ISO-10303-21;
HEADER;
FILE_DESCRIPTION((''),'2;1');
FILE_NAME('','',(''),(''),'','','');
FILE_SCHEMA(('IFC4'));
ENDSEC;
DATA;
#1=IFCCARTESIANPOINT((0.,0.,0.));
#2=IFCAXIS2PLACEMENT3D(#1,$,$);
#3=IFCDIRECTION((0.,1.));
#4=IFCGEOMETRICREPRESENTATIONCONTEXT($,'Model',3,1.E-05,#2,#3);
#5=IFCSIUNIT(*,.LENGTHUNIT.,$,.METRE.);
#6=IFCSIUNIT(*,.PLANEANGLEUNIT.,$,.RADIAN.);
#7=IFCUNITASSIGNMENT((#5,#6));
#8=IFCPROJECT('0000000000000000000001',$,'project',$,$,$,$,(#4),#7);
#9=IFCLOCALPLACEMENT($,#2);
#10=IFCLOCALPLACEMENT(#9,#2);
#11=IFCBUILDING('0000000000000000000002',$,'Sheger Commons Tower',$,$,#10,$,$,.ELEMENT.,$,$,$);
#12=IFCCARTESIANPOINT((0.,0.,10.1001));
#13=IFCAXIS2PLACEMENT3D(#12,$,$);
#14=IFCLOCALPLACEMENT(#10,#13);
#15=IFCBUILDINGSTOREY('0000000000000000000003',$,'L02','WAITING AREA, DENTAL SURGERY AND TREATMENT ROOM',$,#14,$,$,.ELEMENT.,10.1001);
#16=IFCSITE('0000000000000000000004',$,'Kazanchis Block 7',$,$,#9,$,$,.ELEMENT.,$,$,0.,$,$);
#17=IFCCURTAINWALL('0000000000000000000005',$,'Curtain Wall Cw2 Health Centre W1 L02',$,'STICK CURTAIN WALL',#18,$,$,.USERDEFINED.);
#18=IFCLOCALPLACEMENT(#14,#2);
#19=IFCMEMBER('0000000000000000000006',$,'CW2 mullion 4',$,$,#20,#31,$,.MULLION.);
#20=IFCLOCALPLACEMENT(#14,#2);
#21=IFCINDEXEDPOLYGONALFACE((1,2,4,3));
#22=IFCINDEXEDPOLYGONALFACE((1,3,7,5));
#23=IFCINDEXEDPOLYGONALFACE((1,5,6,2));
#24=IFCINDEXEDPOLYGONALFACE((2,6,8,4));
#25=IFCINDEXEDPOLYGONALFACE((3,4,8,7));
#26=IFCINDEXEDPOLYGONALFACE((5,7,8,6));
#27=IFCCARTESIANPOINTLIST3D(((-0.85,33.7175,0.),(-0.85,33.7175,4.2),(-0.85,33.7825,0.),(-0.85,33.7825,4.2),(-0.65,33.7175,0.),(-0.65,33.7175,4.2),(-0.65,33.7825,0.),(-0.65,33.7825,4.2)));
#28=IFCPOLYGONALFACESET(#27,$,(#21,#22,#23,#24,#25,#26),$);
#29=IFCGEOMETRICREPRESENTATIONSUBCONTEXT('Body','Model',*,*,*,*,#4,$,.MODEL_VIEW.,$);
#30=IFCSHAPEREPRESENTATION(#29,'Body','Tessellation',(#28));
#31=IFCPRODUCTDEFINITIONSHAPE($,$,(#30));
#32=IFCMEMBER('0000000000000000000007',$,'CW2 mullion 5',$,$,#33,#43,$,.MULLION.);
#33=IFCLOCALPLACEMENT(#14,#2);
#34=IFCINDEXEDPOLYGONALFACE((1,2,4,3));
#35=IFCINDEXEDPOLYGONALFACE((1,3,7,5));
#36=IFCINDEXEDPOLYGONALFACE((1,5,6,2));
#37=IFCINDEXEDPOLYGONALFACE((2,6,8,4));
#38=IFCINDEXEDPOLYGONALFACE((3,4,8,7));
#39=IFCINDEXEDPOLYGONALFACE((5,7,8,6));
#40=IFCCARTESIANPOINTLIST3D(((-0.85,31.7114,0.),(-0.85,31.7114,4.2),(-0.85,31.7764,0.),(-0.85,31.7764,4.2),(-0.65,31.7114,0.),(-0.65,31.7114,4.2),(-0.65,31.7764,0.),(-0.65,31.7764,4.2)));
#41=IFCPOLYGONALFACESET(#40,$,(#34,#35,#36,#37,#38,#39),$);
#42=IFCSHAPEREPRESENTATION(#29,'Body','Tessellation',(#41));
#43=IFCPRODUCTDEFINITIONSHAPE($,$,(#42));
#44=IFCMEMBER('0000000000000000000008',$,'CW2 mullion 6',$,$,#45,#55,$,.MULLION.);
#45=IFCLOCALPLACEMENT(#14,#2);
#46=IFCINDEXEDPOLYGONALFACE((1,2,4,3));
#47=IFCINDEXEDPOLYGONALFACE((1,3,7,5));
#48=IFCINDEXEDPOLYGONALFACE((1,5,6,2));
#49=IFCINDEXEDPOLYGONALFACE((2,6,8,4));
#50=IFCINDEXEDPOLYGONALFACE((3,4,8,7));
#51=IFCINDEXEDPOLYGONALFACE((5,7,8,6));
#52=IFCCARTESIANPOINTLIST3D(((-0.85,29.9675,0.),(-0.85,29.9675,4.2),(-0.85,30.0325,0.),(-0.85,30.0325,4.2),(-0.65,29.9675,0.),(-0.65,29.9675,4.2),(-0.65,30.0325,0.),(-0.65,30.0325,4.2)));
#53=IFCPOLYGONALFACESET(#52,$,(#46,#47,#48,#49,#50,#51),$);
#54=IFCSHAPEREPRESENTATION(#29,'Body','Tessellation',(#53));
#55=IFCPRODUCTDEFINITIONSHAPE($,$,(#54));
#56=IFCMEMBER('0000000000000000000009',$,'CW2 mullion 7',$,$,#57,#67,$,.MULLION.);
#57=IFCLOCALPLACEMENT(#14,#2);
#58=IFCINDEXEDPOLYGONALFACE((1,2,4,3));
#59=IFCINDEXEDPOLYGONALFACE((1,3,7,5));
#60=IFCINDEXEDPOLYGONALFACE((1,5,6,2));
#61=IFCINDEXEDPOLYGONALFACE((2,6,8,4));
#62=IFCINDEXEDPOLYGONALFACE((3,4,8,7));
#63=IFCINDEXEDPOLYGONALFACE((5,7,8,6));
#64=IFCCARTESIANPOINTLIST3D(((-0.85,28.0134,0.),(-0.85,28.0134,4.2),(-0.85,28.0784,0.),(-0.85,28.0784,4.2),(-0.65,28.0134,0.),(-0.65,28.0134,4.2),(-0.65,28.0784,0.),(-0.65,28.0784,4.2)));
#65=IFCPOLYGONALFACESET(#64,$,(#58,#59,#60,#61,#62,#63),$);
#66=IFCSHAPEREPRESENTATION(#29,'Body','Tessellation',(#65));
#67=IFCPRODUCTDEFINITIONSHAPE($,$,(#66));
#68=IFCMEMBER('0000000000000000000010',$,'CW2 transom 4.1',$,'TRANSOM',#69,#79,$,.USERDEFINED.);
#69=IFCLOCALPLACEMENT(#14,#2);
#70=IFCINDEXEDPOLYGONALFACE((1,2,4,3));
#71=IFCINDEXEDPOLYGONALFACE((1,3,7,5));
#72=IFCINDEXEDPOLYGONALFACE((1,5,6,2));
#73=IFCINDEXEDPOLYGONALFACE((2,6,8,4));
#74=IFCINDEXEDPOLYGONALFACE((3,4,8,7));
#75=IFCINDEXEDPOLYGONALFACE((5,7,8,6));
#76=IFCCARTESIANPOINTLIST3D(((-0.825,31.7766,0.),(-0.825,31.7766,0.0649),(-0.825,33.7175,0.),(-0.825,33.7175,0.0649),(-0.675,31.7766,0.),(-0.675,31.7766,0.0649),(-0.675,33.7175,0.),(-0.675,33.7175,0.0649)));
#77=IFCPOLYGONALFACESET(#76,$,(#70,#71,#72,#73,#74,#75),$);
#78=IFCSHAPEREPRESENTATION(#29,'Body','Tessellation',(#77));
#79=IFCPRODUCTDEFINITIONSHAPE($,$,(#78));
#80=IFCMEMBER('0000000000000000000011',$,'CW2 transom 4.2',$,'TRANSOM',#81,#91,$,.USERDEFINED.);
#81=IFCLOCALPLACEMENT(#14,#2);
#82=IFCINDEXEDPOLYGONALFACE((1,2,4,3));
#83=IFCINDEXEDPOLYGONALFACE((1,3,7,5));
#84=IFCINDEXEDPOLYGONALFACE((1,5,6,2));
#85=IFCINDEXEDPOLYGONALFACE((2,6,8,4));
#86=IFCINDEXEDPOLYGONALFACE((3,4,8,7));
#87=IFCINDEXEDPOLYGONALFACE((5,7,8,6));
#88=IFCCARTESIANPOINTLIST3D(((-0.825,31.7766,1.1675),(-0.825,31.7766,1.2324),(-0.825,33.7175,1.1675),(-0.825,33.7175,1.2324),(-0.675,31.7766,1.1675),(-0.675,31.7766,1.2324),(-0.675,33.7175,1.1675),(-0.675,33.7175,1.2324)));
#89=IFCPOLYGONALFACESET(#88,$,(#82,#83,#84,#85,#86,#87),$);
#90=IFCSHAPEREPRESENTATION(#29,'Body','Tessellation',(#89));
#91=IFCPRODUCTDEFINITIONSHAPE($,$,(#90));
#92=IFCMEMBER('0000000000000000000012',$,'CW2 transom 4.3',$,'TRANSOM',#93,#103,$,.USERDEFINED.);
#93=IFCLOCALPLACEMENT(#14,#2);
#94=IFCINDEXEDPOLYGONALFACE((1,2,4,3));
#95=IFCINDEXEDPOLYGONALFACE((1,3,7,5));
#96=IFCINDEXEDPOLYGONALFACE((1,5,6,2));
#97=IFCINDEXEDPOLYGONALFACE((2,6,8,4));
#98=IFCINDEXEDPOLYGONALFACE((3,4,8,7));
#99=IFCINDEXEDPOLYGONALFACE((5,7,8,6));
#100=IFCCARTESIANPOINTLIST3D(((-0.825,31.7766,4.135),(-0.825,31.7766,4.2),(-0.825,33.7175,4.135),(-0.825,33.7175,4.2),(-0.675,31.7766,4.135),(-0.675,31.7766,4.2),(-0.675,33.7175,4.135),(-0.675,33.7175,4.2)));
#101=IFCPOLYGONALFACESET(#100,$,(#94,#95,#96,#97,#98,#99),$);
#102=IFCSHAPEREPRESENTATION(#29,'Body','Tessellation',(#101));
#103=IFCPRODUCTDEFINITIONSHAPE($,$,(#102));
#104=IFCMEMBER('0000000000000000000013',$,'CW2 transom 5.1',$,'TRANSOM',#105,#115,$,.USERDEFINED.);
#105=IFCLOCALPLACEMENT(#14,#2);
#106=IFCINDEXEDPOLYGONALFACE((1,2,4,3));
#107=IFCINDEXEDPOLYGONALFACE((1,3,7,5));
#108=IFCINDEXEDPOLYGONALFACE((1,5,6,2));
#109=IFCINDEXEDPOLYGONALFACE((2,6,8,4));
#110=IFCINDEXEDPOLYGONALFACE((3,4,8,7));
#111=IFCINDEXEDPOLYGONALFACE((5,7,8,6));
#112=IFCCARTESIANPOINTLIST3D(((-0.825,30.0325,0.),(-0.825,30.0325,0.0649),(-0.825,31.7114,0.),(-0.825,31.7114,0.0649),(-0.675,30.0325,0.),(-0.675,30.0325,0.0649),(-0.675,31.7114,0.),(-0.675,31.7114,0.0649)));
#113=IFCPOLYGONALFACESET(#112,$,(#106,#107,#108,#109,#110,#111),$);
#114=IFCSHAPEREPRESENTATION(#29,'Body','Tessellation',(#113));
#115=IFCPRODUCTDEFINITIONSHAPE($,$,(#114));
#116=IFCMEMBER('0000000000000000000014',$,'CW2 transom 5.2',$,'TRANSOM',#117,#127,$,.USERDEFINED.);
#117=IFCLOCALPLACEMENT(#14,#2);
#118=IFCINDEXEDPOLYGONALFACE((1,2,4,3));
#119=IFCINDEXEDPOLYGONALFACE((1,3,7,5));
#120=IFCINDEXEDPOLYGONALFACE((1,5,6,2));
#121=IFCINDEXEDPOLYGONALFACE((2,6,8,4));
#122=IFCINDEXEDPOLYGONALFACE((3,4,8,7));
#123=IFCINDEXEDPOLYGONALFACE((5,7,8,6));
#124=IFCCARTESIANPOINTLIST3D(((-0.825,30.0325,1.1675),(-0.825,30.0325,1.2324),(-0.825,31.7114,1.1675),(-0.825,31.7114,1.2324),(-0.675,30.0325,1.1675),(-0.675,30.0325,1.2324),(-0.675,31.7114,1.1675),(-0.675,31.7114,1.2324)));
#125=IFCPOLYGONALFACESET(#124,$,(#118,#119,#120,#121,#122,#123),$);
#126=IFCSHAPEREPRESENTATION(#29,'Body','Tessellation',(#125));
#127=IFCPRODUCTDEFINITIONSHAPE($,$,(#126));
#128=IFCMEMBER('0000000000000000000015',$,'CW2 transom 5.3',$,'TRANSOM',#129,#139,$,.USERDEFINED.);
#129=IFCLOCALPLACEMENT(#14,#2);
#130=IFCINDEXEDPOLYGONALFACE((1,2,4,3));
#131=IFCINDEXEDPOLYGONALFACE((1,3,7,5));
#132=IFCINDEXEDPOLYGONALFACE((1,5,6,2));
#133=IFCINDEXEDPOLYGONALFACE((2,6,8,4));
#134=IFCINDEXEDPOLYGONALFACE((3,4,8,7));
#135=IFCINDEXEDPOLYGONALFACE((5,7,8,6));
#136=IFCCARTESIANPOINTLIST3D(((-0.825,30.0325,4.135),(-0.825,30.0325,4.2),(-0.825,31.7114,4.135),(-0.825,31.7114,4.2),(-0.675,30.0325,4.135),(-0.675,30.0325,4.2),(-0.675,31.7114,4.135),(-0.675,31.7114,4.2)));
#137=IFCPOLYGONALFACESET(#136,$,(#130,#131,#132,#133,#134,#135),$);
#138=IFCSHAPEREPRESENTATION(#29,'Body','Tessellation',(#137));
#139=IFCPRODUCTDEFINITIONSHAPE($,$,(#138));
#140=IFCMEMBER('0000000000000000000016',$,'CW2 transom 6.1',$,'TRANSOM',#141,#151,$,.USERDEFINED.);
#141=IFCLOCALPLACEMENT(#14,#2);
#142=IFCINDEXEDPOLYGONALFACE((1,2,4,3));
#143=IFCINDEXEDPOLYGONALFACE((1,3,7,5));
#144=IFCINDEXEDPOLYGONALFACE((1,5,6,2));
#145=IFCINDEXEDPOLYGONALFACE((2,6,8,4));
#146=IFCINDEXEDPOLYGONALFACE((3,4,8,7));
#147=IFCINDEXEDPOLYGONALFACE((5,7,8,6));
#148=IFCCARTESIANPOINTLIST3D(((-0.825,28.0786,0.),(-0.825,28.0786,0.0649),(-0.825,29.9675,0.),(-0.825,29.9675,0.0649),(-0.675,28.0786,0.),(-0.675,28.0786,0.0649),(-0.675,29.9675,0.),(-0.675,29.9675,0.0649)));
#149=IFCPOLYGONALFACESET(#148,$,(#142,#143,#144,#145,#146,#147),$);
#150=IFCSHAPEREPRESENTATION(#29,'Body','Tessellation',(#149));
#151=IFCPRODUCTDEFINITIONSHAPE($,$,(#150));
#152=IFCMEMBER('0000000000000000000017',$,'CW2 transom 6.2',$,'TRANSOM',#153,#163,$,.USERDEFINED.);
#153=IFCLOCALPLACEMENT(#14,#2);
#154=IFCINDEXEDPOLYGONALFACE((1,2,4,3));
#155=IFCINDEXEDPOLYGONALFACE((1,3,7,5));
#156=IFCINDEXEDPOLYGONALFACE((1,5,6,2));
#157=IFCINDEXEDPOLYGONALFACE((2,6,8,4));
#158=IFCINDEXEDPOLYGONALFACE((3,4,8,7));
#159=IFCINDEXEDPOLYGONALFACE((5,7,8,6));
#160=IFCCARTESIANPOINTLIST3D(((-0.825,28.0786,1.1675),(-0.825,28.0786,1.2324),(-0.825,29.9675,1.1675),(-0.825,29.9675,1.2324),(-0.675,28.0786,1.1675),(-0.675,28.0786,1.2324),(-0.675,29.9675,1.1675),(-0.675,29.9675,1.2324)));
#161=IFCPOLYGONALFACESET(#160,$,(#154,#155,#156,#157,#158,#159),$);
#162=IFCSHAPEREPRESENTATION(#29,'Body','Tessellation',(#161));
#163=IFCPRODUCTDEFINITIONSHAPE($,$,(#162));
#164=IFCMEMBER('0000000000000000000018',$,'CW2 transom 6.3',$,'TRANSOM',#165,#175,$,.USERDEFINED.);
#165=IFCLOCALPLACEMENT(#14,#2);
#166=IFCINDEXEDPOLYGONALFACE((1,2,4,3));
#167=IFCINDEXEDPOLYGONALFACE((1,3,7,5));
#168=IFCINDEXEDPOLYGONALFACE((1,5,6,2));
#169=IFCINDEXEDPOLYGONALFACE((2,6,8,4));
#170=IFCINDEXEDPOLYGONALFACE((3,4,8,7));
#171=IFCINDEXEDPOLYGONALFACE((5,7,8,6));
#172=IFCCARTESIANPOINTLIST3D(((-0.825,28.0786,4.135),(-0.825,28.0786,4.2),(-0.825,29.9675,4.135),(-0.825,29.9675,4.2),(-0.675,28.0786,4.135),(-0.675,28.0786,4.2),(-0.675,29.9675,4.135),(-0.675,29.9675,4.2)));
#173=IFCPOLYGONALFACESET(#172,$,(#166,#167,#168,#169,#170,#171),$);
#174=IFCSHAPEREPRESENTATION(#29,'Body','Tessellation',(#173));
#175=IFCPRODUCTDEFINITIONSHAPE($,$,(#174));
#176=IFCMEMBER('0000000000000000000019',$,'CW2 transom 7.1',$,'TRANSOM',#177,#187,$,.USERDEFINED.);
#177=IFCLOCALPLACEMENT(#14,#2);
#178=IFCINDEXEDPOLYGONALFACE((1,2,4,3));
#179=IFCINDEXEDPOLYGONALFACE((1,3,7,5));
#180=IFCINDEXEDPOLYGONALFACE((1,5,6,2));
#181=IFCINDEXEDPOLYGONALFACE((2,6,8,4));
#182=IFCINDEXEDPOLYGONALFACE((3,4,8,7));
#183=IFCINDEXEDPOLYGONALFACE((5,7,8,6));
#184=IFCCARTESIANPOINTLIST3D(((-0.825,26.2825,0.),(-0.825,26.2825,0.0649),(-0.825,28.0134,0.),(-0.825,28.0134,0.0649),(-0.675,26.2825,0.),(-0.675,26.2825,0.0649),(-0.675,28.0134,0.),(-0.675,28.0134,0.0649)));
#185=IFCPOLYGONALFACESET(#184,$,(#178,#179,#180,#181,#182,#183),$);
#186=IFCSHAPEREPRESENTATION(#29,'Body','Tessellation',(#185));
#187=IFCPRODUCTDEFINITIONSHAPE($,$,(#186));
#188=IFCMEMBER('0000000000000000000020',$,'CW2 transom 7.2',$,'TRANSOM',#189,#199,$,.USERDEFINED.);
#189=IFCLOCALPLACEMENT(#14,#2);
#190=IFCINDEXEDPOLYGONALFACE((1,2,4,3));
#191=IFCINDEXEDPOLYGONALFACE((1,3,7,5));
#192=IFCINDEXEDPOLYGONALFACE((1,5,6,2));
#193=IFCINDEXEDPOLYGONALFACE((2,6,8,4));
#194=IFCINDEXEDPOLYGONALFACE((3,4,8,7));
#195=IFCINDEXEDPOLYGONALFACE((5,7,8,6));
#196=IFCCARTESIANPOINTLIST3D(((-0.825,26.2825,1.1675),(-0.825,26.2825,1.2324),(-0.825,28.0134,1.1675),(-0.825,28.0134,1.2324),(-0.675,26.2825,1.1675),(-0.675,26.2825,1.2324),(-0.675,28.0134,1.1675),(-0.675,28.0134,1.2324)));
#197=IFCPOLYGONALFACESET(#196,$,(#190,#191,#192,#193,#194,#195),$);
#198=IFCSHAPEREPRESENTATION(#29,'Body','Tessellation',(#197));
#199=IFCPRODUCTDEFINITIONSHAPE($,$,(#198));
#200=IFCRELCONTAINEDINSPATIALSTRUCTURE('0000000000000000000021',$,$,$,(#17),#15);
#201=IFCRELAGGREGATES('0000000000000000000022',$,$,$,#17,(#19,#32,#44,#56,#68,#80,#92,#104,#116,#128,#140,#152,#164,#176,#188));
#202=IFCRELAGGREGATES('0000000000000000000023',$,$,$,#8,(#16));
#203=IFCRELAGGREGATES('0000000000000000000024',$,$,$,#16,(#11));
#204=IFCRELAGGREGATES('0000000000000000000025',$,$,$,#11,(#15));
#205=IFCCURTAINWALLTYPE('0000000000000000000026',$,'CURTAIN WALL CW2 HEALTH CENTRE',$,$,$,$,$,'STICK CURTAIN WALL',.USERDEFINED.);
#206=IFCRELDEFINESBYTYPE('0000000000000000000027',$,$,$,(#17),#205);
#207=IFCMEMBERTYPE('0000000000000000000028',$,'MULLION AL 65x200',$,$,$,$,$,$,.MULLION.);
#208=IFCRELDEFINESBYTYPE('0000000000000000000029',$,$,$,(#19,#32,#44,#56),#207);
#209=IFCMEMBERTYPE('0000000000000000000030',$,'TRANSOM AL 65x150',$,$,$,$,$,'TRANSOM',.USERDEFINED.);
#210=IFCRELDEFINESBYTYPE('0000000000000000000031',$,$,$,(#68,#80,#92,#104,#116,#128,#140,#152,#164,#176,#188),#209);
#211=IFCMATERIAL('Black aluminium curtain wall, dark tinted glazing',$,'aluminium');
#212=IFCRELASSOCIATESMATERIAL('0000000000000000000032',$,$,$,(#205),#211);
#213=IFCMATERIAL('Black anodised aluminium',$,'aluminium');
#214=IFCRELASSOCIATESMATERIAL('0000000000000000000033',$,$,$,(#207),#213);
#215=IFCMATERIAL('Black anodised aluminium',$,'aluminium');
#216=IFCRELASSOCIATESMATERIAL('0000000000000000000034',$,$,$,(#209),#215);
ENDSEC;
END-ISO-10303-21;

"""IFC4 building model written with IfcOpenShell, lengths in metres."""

from ifc_helpers import new_model, si_unit, direction, frame, origin, origin_2d, place, context, subcontext, project, spatial, rectangle, extrude, material, material_profile, profile_set, type_object, element, aggregate, save


model = new_model("IFC4")

# Units and contexts
model_context = context("Model", 3, precision=1e-05, world=origin(), true_north=direction((0.0, 1.0)))
body_context = subcontext(model_context, "Body", "Model", "MODEL_VIEW")
ifc_project = project(units=[si_unit("LENGTHUNIT", "METRE"), si_unit("PLANEANGLEUNIT", "RADIAN")], contexts=[model_context])

# Site, building, storey
site_placement = place(None, origin())
site = spatial("IfcSite", under=ifc_project, at=site_placement, Name="Kazanchis Block 7", CompositionType="ELEMENT", RefElevation=0.0)
building_placement = place(site_placement, origin())
building = spatial("IfcBuilding", under=site, at=building_placement, Name="Sheger Commons Tower", CompositionType="ELEMENT")
storey_placement = place(building_placement, frame((0.0, 0.0, 10.1001)))
storey = spatial("IfcBuildingStorey", under=building, at=storey_placement, Name="L02", Description="WAITING AREA, DENTAL SURGERY AND TREATMENT ROOM", CompositionType="ELEMENT", Elevation=10.1001)

# Curtain wall, members
ifc_material_1 = material(Name="Black aluminium curtain wall, dark tinted glazing", Category="aluminium")
curtain_wall_type = type_object("IfcCurtainWallType", Name="CURTAIN WALL CW2 HEALTH CENTRE", ElementType="STICK CURTAIN WALL", PredefinedType="USERDEFINED", material=ifc_material_1)
curtain_wall_placement = place(storey_placement, origin())
curtain_wall = element("IfcCurtainWall", 1, at=curtain_wall_placement, inside=storey, type_object=curtain_wall_type, Name="Curtain Wall Cw2 Health Centre W1 L02", ObjectType="STICK CURTAIN WALL", PredefinedType="USERDEFINED")
ifc_material_2 = material(Name="Black anodised aluminium", Category="aluminium")
ifc_material_profile_1 = material_profile(ifc_material_2, rectangle(XDim=0.2, YDim=0.0649, at=origin_2d()), Name="AL 65x200")
ifc_profile_set_1 = profile_set([ifc_material_profile_1], Name="Black anodised aluminium")
member_type_1 = type_object("IfcMemberType", Name="MULLION AL 65x200", PredefinedType="MULLION", material=ifc_profile_set_1)
member_1_placement = place(storey_placement, frame((-0.75, 33.75, 0.0), z_axis=(0.0, 0.0, 1.0), x_axis=(1.0, 0.0, 0.0)))
member_1 = element("IfcMember", 2, at=member_1_placement, type_object=member_type_1, Name="CW2 mullion 4", PredefinedType="MULLION", context=body_context, shape_type="SweptSolid", body=[
    extrude(rectangle(XDim=0.2, YDim=0.0649, at=origin_2d()), origin(), (0.0, 0.0, 1.0), 4.2),
])
member_2_placement = place(storey_placement, frame((-0.75, 31.7439, 0.0), z_axis=(0.0, 0.0, 1.0), x_axis=(1.0, 0.0, 0.0)))
member_2 = element("IfcMember", 3, at=member_2_placement, type_object=member_type_1, Name="CW2 mullion 5", PredefinedType="MULLION", context=body_context, shape_type="SweptSolid", body=[
    extrude(rectangle(XDim=0.2, YDim=0.0649, at=origin_2d()), origin(), (0.0, 0.0, 1.0), 4.2),
])
member_3_placement = place(storey_placement, frame((-0.75, 30.0, 0.0), z_axis=(0.0, 0.0, 1.0), x_axis=(1.0, 0.0, 0.0)))
member_3 = element("IfcMember", 4, at=member_3_placement, type_object=member_type_1, Name="CW2 mullion 6", PredefinedType="MULLION", context=body_context, shape_type="SweptSolid", body=[
    extrude(rectangle(XDim=0.2, YDim=0.0649, at=origin_2d()), origin(), (0.0, 0.0, 1.0), 4.2),
])
member_4_placement = place(storey_placement, frame((-0.75, 28.0459, 0.0), z_axis=(0.0, 0.0, 1.0), x_axis=(1.0, 0.0, 0.0)))
member_4 = element("IfcMember", 5, at=member_4_placement, type_object=member_type_1, Name="CW2 mullion 7", PredefinedType="MULLION", context=body_context, shape_type="SweptSolid", body=[
    extrude(rectangle(XDim=0.2, YDim=0.0649, at=origin_2d()), origin(), (0.0, 0.0, 1.0), 4.2),
])
ifc_material_3 = material(Name="Black anodised aluminium", Category="aluminium")
ifc_material_profile_2 = material_profile(ifc_material_3, rectangle(XDim=0.1499, YDim=0.0649, at=origin_2d()), Name="AL 65x150")
ifc_profile_set_2 = profile_set([ifc_material_profile_2], Name="Black anodised aluminium")
member_type_2 = type_object("IfcMemberType", Name="TRANSOM AL 65x150", ElementType="TRANSOM", PredefinedType="USERDEFINED", material=ifc_profile_set_2)
member_5_placement = place(storey_placement, frame((-0.75, 33.7175, 0.0325), z_axis=(0.0, -1.0, 0.0), x_axis=(1.0, 0.0, 0.0)))
member_5 = element("IfcMember", 6, at=member_5_placement, type_object=member_type_2, Name="CW2 transom 4.1", ObjectType="TRANSOM", PredefinedType="USERDEFINED", context=body_context, shape_type="SweptSolid", body=[
    extrude(rectangle(XDim=0.1499, YDim=0.0649, at=origin_2d()), origin(), (0.0, 0.0, 1.0), 1.9409),
])
member_6_placement = place(storey_placement, frame((-0.75, 33.7175, 1.2), z_axis=(0.0, -1.0, 0.0), x_axis=(1.0, 0.0, 0.0)))
member_6 = element("IfcMember", 7, at=member_6_placement, type_object=member_type_2, Name="CW2 transom 4.2", ObjectType="TRANSOM", PredefinedType="USERDEFINED", context=body_context, shape_type="SweptSolid", body=[
    extrude(rectangle(XDim=0.1499, YDim=0.0649, at=origin_2d()), origin(), (0.0, 0.0, 1.0), 1.9409),
])
member_7_placement = place(storey_placement, frame((-0.75, 33.7175, 4.1675), z_axis=(0.0, -1.0, 0.0), x_axis=(1.0, 0.0, 0.0)))
member_7 = element("IfcMember", 8, at=member_7_placement, type_object=member_type_2, Name="CW2 transom 4.3", ObjectType="TRANSOM", PredefinedType="USERDEFINED", context=body_context, shape_type="SweptSolid", body=[
    extrude(rectangle(XDim=0.1499, YDim=0.0649, at=origin_2d()), origin(), (0.0, 0.0, 1.0), 1.9409),
])
member_8_placement = place(storey_placement, frame((-0.75, 31.7114, 0.0325), z_axis=(0.0, -1.0, 0.0), x_axis=(1.0, 0.0, 0.0)))
member_8 = element("IfcMember", 9, at=member_8_placement, type_object=member_type_2, Name="CW2 transom 5.1", ObjectType="TRANSOM", PredefinedType="USERDEFINED", context=body_context, shape_type="SweptSolid", body=[
    extrude(rectangle(XDim=0.1499, YDim=0.0649, at=origin_2d()), origin(), (0.0, 0.0, 1.0), 1.679),
])
member_9_placement = place(storey_placement, frame((-0.75, 31.7114, 1.2), z_axis=(0.0, -1.0, 0.0), x_axis=(1.0, 0.0, 0.0)))
member_9 = element("IfcMember", 10, at=member_9_placement, type_object=member_type_2, Name="CW2 transom 5.2", ObjectType="TRANSOM", PredefinedType="USERDEFINED", context=body_context, shape_type="SweptSolid", body=[
    extrude(rectangle(XDim=0.1499, YDim=0.0649, at=origin_2d()), origin(), (0.0, 0.0, 1.0), 1.679),
])
member_10_placement = place(storey_placement, frame((-0.75, 31.7114, 4.1675), z_axis=(0.0, -1.0, 0.0), x_axis=(1.0, 0.0, 0.0)))
member_10 = element("IfcMember", 11, at=member_10_placement, type_object=member_type_2, Name="CW2 transom 5.3", ObjectType="TRANSOM", PredefinedType="USERDEFINED", context=body_context, shape_type="SweptSolid", body=[
    extrude(rectangle(XDim=0.1499, YDim=0.0649, at=origin_2d()), origin(), (0.0, 0.0, 1.0), 1.679),
])
member_11_placement = place(storey_placement, frame((-0.75, 29.9675, 0.0325), z_axis=(0.0, -1.0, 0.0), x_axis=(1.0, 0.0, 0.0)))
member_11 = element("IfcMember", 12, at=member_11_placement, type_object=member_type_2, Name="CW2 transom 6.1", ObjectType="TRANSOM", PredefinedType="USERDEFINED", context=body_context, shape_type="SweptSolid", body=[
    extrude(rectangle(XDim=0.1499, YDim=0.0649, at=origin_2d()), origin(), (0.0, 0.0, 1.0), 1.8889),
])
member_12_placement = place(storey_placement, frame((-0.75, 29.9675, 1.2), z_axis=(0.0, -1.0, 0.0), x_axis=(1.0, 0.0, 0.0)))
member_12 = element("IfcMember", 13, at=member_12_placement, type_object=member_type_2, Name="CW2 transom 6.2", ObjectType="TRANSOM", PredefinedType="USERDEFINED", context=body_context, shape_type="SweptSolid", body=[
    extrude(rectangle(XDim=0.1499, YDim=0.0649, at=origin_2d()), origin(), (0.0, 0.0, 1.0), 1.8889),
])
member_13_placement = place(storey_placement, frame((-0.75, 29.9675, 4.1675), z_axis=(0.0, -1.0, 0.0), x_axis=(1.0, 0.0, 0.0)))
member_13 = element("IfcMember", 14, at=member_13_placement, type_object=member_type_2, Name="CW2 transom 6.3", ObjectType="TRANSOM", PredefinedType="USERDEFINED", context=body_context, shape_type="SweptSolid", body=[
    extrude(rectangle(XDim=0.1499, YDim=0.0649, at=origin_2d()), origin(), (0.0, 0.0, 1.0), 1.8889),
])
member_14_placement = place(storey_placement, frame((-0.75, 28.0134, 0.0325), z_axis=(0.0, -1.0, 0.0), x_axis=(1.0, 0.0, 0.0)))
member_14 = element("IfcMember", 15, at=member_14_placement, type_object=member_type_2, Name="CW2 transom 7.1", ObjectType="TRANSOM", PredefinedType="USERDEFINED", context=body_context, shape_type="SweptSolid", body=[
    extrude(rectangle(XDim=0.1499, YDim=0.0649, at=origin_2d()), origin(), (0.0, 0.0, 1.0), 1.731),
])
member_15_placement = place(storey_placement, frame((-0.75, 28.0134, 1.2), z_axis=(0.0, -1.0, 0.0), x_axis=(1.0, 0.0, 0.0)))
member_15 = element("IfcMember", 16, at=member_15_placement, type_object=member_type_2, Name="CW2 transom 7.2", ObjectType="TRANSOM", PredefinedType="USERDEFINED", context=body_context, shape_type="SweptSolid", body=[
    extrude(rectangle(XDim=0.1499, YDim=0.0649, at=origin_2d()), origin(), (0.0, 0.0, 1.0), 1.731),
])
aggregate(curtain_wall, [member_1, member_2, member_3, member_4, member_5, member_6, member_7, member_8, member_9, member_10, member_11, member_12, member_13, member_14, member_15])

save(model, "model.ifc")
